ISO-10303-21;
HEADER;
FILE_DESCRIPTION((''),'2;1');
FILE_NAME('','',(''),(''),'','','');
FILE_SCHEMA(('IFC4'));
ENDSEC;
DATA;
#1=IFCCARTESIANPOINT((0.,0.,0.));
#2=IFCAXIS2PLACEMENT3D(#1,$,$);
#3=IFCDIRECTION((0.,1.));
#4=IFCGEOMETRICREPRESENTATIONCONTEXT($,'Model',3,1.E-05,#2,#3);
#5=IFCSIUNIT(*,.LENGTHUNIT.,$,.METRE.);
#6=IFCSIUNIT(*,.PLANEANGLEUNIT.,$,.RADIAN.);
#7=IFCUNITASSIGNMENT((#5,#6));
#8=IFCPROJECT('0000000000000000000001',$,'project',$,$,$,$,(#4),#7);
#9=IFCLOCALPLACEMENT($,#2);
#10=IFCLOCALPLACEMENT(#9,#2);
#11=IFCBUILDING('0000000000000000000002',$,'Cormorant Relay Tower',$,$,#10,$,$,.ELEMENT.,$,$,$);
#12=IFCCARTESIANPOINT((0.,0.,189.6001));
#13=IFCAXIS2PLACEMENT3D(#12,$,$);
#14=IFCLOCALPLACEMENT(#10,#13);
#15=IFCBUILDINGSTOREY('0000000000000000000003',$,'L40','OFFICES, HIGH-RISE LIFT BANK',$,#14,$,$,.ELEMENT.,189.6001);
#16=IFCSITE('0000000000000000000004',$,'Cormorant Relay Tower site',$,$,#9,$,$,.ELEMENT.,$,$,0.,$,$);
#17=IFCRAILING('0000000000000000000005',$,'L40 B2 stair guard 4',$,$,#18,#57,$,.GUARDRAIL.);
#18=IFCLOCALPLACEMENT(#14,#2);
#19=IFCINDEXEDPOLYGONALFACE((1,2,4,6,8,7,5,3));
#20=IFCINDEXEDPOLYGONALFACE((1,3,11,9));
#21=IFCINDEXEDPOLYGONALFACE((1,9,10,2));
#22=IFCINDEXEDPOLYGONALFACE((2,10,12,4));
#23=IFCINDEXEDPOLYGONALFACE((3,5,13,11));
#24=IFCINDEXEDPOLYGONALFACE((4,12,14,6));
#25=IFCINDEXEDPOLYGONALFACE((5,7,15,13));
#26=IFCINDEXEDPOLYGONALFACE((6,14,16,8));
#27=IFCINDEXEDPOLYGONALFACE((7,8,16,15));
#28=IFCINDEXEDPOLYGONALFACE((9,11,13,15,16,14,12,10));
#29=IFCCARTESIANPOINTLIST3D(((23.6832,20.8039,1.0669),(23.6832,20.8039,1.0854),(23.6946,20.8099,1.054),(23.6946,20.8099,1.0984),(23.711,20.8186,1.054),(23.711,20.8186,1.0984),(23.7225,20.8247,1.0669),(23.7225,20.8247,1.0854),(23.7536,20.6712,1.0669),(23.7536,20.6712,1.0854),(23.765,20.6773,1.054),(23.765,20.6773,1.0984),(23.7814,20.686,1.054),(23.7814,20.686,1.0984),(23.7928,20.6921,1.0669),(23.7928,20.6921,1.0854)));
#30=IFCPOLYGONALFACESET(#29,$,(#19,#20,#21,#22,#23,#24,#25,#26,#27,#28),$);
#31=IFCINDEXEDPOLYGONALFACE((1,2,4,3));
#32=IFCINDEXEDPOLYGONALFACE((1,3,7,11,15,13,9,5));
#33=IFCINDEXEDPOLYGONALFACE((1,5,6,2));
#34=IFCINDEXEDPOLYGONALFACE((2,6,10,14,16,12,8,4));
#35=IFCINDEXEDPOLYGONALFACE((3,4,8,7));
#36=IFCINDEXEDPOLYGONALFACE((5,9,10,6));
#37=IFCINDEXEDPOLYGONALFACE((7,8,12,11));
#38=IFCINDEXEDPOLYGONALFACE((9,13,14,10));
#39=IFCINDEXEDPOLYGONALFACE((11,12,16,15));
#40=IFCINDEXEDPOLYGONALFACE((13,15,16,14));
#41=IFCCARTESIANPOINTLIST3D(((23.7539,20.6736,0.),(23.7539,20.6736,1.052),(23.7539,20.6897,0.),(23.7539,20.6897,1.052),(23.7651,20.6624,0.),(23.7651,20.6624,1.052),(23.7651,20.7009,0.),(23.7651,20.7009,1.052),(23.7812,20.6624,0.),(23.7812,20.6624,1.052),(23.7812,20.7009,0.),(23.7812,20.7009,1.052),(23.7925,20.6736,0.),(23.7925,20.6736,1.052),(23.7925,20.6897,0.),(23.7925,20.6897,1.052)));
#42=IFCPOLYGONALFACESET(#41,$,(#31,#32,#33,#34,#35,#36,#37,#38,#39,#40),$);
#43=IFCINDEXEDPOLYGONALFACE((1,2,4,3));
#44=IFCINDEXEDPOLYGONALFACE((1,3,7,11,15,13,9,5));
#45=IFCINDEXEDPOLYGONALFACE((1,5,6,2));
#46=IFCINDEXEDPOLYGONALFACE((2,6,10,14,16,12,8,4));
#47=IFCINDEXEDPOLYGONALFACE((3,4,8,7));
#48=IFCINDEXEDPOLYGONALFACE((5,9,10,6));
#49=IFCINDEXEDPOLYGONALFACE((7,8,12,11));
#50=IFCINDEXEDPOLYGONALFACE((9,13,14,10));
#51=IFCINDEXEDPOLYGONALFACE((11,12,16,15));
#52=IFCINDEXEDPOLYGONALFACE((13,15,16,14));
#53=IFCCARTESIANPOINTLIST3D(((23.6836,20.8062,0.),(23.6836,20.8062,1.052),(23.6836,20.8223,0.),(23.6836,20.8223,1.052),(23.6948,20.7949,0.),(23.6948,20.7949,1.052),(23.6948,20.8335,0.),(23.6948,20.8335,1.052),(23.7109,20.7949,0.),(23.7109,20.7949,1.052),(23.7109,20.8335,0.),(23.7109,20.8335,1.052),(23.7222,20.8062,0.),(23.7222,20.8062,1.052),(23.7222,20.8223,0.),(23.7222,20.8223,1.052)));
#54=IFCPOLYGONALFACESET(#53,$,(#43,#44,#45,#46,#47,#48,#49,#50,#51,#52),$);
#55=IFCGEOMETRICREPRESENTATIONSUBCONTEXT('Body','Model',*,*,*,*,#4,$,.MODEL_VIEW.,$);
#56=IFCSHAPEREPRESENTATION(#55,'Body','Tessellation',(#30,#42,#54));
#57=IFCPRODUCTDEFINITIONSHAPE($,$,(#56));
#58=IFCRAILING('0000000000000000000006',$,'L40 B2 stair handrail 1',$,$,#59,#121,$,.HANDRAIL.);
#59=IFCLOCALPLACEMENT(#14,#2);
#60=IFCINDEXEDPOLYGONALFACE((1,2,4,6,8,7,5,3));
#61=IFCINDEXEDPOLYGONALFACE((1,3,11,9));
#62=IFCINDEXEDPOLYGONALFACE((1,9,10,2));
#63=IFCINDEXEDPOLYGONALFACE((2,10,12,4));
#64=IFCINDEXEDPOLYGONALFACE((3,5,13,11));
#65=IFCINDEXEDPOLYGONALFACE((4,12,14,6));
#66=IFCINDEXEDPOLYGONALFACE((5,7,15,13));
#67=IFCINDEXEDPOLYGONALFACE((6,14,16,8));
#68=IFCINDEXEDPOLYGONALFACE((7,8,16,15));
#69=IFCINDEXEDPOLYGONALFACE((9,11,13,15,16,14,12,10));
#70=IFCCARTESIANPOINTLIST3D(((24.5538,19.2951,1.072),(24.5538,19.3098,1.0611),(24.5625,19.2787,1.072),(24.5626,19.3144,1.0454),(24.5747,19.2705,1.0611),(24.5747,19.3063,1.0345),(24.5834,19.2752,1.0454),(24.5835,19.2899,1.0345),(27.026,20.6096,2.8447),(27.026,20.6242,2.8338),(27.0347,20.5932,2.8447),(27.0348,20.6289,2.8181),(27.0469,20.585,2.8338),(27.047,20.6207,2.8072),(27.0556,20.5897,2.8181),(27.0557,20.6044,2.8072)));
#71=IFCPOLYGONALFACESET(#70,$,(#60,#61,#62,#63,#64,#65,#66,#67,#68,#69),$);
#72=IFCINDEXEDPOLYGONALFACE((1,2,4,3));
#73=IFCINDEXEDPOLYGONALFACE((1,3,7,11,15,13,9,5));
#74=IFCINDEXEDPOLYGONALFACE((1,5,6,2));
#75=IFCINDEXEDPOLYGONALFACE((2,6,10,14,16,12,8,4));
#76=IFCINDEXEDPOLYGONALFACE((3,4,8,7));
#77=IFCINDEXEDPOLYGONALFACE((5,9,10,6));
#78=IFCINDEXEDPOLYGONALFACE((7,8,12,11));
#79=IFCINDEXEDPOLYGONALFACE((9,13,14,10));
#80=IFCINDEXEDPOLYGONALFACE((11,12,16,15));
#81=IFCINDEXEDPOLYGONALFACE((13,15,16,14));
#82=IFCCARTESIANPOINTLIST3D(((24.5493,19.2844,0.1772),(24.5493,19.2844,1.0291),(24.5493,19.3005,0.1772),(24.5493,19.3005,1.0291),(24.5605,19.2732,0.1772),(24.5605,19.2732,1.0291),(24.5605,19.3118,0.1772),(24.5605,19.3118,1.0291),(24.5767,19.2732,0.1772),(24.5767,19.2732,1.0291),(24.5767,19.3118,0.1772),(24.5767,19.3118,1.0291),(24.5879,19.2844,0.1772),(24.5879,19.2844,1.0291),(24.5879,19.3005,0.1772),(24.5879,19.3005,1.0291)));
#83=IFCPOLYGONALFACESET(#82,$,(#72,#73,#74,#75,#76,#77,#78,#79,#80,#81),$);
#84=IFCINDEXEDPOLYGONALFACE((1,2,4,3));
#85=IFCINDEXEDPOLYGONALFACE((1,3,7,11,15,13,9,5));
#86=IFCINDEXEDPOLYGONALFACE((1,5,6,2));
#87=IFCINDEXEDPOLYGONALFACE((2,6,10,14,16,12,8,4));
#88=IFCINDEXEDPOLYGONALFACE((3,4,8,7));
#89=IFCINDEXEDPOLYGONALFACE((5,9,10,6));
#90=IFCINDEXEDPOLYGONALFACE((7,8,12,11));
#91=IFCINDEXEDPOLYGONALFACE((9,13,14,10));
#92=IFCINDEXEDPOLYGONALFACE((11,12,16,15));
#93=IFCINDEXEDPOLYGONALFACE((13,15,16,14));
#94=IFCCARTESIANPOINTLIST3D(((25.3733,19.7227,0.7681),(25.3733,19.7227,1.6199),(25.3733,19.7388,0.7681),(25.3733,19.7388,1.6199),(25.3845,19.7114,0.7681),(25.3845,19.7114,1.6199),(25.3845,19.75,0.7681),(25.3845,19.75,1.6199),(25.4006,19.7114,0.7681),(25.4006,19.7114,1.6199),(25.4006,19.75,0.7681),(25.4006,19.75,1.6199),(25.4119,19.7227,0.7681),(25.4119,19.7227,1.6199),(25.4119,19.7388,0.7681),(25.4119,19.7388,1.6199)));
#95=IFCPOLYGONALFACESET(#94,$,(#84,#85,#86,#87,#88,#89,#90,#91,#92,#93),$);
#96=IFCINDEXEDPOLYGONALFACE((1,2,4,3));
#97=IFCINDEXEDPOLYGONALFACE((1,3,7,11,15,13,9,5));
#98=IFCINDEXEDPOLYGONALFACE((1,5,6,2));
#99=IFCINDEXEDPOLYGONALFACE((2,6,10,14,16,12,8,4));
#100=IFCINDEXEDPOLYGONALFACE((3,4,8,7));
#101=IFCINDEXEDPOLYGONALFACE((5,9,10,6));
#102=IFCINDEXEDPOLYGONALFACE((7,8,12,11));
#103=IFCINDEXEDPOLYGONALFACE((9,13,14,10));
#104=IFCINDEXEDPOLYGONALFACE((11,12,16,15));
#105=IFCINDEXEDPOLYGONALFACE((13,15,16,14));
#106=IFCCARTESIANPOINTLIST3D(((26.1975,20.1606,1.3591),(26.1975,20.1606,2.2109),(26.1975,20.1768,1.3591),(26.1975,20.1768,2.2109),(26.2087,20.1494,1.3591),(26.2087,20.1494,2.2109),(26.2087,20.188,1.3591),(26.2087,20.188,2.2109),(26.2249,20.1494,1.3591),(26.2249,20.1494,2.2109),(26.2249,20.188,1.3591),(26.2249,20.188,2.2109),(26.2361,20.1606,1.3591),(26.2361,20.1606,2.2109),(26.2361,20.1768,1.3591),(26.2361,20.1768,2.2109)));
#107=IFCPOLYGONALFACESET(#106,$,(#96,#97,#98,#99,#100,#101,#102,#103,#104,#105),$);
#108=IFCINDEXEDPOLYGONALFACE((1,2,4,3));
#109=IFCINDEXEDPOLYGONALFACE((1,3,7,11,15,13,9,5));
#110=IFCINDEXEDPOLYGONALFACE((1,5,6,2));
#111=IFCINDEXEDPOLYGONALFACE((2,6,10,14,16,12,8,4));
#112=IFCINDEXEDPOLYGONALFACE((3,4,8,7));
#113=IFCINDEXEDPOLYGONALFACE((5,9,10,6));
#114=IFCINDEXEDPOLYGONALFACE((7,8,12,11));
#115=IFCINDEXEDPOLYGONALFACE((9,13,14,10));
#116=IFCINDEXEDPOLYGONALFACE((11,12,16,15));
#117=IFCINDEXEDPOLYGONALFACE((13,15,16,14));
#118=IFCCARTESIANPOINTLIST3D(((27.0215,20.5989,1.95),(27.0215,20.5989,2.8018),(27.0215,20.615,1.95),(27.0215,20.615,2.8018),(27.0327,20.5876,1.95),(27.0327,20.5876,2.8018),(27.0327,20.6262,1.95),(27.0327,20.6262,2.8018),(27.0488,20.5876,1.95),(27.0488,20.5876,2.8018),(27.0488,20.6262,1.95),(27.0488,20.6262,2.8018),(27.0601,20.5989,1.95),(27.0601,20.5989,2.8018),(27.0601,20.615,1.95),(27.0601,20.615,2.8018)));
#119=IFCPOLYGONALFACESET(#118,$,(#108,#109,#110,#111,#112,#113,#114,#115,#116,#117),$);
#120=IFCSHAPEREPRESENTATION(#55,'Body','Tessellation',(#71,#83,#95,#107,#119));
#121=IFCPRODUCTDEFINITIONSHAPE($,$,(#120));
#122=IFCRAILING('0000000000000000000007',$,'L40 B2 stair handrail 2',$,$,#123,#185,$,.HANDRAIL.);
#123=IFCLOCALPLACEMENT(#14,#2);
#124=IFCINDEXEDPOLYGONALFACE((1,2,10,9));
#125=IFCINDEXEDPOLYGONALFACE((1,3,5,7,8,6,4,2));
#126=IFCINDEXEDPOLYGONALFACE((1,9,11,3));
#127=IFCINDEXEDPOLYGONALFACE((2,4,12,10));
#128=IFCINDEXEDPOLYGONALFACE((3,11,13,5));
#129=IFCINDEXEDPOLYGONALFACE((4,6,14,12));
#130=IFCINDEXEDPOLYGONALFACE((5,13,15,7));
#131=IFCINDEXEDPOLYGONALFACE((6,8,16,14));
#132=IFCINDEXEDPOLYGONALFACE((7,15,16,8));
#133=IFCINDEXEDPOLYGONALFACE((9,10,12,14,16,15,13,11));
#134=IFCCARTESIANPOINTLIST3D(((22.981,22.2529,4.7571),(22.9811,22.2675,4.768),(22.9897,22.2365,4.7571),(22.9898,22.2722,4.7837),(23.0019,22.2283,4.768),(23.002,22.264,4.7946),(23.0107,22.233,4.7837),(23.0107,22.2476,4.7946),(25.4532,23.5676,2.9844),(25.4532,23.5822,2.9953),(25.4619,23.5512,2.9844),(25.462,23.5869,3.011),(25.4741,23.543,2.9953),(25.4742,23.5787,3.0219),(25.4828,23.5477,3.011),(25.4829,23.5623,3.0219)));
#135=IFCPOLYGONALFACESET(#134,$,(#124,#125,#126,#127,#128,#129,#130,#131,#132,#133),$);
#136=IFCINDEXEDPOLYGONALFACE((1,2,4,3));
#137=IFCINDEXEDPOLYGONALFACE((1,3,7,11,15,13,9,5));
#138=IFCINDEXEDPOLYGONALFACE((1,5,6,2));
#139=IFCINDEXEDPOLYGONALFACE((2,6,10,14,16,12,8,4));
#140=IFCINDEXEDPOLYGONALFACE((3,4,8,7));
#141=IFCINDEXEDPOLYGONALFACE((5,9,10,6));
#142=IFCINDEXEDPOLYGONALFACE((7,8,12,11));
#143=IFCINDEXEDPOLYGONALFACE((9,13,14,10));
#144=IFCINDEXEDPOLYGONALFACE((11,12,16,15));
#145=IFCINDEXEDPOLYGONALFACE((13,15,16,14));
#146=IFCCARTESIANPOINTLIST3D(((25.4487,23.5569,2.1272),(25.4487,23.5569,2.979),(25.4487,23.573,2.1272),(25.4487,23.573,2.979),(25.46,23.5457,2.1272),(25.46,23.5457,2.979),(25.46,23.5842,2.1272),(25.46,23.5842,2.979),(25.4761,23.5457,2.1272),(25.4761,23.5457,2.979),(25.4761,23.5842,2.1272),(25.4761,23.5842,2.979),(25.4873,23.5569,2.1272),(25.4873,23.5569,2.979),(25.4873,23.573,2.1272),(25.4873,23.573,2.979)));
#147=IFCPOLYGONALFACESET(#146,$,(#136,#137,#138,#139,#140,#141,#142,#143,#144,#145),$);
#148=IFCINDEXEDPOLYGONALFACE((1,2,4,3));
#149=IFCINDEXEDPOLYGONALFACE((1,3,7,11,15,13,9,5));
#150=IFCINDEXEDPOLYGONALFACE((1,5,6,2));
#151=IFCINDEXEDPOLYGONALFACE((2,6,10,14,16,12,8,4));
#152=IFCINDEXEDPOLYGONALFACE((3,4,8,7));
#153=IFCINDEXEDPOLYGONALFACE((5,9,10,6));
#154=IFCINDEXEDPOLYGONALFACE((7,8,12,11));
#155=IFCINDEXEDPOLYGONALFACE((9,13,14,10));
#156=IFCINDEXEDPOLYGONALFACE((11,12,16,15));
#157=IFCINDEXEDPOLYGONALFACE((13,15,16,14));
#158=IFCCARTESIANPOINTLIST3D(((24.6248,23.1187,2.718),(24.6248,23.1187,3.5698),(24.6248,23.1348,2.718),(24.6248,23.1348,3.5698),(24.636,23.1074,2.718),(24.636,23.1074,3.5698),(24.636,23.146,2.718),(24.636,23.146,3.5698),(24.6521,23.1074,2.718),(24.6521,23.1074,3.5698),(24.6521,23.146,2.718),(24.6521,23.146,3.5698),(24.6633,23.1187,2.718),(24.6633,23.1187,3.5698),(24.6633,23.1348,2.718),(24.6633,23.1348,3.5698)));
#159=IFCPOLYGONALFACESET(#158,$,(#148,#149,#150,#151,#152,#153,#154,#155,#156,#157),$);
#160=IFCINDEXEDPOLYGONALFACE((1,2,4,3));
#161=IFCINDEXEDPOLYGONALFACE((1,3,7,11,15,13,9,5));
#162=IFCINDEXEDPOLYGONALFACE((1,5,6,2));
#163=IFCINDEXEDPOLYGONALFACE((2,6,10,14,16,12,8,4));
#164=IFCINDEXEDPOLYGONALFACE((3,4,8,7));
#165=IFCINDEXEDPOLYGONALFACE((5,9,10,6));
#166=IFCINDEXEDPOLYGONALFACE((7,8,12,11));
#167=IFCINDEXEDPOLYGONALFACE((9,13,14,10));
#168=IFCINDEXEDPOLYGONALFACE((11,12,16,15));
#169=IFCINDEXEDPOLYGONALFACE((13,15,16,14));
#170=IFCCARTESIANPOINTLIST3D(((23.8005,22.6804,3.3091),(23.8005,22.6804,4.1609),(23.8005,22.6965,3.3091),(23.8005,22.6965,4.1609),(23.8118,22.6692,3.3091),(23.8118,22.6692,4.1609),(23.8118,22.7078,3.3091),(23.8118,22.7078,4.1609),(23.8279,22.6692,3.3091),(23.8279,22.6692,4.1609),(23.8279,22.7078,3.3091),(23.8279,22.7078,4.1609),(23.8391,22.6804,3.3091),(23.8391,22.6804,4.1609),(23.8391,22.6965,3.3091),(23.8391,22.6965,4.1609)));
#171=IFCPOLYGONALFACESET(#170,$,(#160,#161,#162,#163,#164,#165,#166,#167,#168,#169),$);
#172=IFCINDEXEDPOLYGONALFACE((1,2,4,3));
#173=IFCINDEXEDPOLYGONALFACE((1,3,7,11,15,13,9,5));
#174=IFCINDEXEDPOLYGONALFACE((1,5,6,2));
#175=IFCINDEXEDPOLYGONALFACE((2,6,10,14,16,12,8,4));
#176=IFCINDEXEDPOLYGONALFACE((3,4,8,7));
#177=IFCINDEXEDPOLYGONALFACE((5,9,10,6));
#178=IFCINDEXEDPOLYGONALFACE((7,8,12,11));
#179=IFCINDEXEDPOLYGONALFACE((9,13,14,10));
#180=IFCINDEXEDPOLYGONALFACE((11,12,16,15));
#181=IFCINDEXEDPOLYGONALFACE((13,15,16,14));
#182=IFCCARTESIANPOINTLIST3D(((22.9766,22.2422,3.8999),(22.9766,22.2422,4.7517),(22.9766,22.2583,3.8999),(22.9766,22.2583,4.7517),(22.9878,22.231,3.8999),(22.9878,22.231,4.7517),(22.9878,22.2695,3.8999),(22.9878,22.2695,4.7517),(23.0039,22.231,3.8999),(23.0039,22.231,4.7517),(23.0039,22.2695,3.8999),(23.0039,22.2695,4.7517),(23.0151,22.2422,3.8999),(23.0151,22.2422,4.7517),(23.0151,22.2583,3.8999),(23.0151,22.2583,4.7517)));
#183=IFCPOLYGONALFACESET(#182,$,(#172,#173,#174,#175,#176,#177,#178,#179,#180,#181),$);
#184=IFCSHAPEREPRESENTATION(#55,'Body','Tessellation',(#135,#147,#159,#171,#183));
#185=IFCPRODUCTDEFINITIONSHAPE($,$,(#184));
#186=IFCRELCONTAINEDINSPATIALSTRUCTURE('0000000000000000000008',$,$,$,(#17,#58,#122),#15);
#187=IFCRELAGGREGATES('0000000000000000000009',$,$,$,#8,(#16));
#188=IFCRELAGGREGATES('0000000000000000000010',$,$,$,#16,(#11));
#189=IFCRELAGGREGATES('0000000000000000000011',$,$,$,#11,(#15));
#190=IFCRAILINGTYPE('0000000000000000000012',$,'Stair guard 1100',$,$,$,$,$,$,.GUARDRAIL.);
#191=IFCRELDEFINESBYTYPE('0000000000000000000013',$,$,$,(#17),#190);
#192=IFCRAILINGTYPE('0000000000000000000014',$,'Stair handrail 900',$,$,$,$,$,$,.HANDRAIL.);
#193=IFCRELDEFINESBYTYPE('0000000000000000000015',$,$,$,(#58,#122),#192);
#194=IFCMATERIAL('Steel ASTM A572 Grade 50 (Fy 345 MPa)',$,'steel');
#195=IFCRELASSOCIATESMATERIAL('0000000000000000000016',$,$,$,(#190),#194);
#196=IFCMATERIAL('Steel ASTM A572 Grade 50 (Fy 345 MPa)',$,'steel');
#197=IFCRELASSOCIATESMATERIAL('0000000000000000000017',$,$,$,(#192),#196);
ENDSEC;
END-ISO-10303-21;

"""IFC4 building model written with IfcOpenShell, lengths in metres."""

from ifc_helpers import new_model, si_unit, direction, frame, origin, place, context, subcontext, project, spatial, polyline, outline, extrude, material, type_object, element, save


model = new_model("IFC4")

# Units and contexts
model_context = context("Model", 3, precision=1e-05, world=origin(), true_north=direction((0.0, 1.0)))
body_context = subcontext(model_context, "Body", "Model", "MODEL_VIEW")
ifc_project = project(units=[si_unit("LENGTHUNIT", "METRE"), si_unit("PLANEANGLEUNIT", "RADIAN")], contexts=[model_context])

# Site, building, storey
site_placement = place(None, origin())
site = spatial("IfcSite", under=ifc_project, at=site_placement, Name="Cormorant Relay Tower site", CompositionType="ELEMENT", RefElevation=0.0)
building_placement = place(site_placement, origin())
building = spatial("IfcBuilding", under=site, at=building_placement, Name="Cormorant Relay Tower", CompositionType="ELEMENT")
storey_placement = place(building_placement, frame((0.0, 0.0, 189.6001)))
storey = spatial("IfcBuildingStorey", under=building, at=storey_placement, Name="L40", Description="OFFICES, HIGH-RISE LIFT BANK", CompositionType="ELEMENT", Elevation=189.6001)

# Railings
ifc_material_1 = material(Name="Steel ASTM A572 Grade 50 (Fy 345 MPa)", Category="steel")
railing_type_1 = type_object("IfcRailingType", Name="Stair guard 1100", PredefinedType="GUARDRAIL", material=ifc_material_1)
railing_1_placement = place(storey_placement, frame((23.7732, 20.6816, 0.0)))
element("IfcRailing", 1, at=railing_1_placement, inside=storey, type_object=railing_type_1, Name="L40 B2 stair guard 4", PredefinedType="GUARDRAIL", context=body_context, shape_type="SweptSolid", body=[
    extrude(outline(polyline([(0.0222, 0.0093), (0.0093, 0.0222), (-0.0093, 0.0222), (-0.0222, 0.0093), (-0.0222, -0.0093), (-0.0093, -0.0222), (0.0093, -0.0222), (0.0222, -0.0093), (0.0222, 0.0093)])), frame((0.0, 0.0, 1.0762), z_axis=(-0.46856, 0.883431, 0.0), x_axis=(-0.883431, -0.46856, 0.0)), (0.0, 0.0, 1.0), 0.1501),
    extrude(outline(polyline([(0.0193, 0.0081), (0.0081, 0.0193), (-0.0081, 0.0193), (-0.0193, 0.0081), (-0.0193, -0.0081), (-0.0081, -0.0193), (0.0081, -0.0193), (0.0193, -0.0081), (0.0193, 0.0081)])), origin(), (0.0, 0.0, 1.0), 1.052),
    extrude(outline(polyline([(0.0193, 0.0081), (0.0081, 0.0193), (-0.0081, 0.0193), (-0.0193, 0.0081), (-0.0193, -0.0081), (-0.0081, -0.0193), (0.0081, -0.0193), (0.0193, -0.0081), (0.0193, 0.0081)])), frame((-0.0703, 0.1326, 0.0)), (0.0, 0.0, 1.0), 1.052),
])
ifc_material_2 = material(Name="Steel ASTM A572 Grade 50 (Fy 345 MPa)", Category="steel")
railing_type_2 = type_object("IfcRailingType", Name="Stair handrail 900", PredefinedType="HANDRAIL", material=ifc_material_2)
railing_2_placement = place(storey_placement, frame((24.5686, 19.2925, 0.1772)))
element("IfcRailing", 2, at=railing_2_placement, inside=storey, type_object=railing_type_2, Name="L40 B2 stair handrail 1", PredefinedType="HANDRAIL", context=body_context, shape_type="SweptSolid", body=[
    extrude(outline(polyline([(0.0222, 0.0093), (0.0093, 0.0222), (-0.0093, 0.0222), (-0.0222, 0.0093), (-0.0222, -0.0093), (-0.0093, -0.0222), (0.0093, -0.0222), (0.0222, -0.0093), (0.0222, 0.0093)])), frame((0.0, 0.0, 0.876), z_axis=(0.746001, 0.396649, 0.534931), x_axis=(-0.469465, 0.882951, 0.0)), (0.0, 0.0, 1.0), 3.314),
    extrude(outline(polyline([(0.0193, 0.0081), (0.0081, 0.0193), (-0.0081, 0.0193), (-0.0193, 0.0081), (-0.0193, -0.0081), (-0.0081, -0.0193), (0.0081, -0.0193), (0.0193, -0.0081), (0.0193, 0.0081)])), origin(), (0.0, 0.0, 1.0), 0.8518),
    extrude(outline(polyline([(0.0193, 0.0081), (0.0081, 0.0193), (-0.0081, 0.0193), (-0.0193, 0.0081), (-0.0193, -0.0081), (-0.0081, -0.0193), (0.0081, -0.0193), (0.0193, -0.0081), (0.0193, 0.0081)])), frame((0.824, 0.4382, 0.5908)), (0.0, 0.0, 1.0), 0.8518),
    extrude(outline(polyline([(0.0193, 0.0081), (0.0081, 0.0193), (-0.0081, 0.0193), (-0.0193, 0.0081), (-0.0193, -0.0081), (-0.0081, -0.0193), (0.0081, -0.0193), (0.0193, -0.0081), (0.0193, 0.0081)])), frame((1.6482, 0.8762, 1.1819)), (0.0, 0.0, 1.0), 0.8518),
    extrude(outline(polyline([(0.0193, 0.0081), (0.0081, 0.0193), (-0.0081, 0.0193), (-0.0193, 0.0081), (-0.0193, -0.0081), (-0.0081, -0.0193), (0.0081, -0.0193), (0.0193, -0.0081), (0.0193, 0.0081)])), frame((2.4722, 1.3145, 1.7727)), (0.0, 0.0, 1.0), 0.8518),
])
railing_3_placement = place(storey_placement, frame((25.468, 23.5649, 2.1272)))
element("IfcRailing", 3, at=railing_3_placement, inside=storey, type_object=railing_type_2, Name="L40 B2 stair handrail 2", PredefinedType="HANDRAIL", context=body_context, shape_type="SweptSolid", body=[
    extrude(outline(polyline([(0.0222, 0.0093), (0.0093, 0.0222), (-0.0093, 0.0222), (-0.0222, 0.0093), (-0.0222, -0.0093), (-0.0093, -0.0222), (0.0093, -0.0222), (0.0222, -0.0093), (0.0222, 0.0093)])), frame((0.0, 0.0, 0.876), z_axis=(-0.745979, -0.396711, 0.534916), x_axis=(0.469533, -0.882915, 0.0)), (0.0, 0.0, 1.0), 3.314),
    extrude(outline(polyline([(0.0193, 0.0081), (0.0081, 0.0193), (-0.0081, 0.0193), (-0.0193, 0.0081), (-0.0193, -0.0081), (-0.0081, -0.0193), (0.0081, -0.0193), (0.0193, -0.0081), (0.0193, 0.0081)])), origin(), (0.0, 0.0, 1.0), 0.8518),
    extrude(outline(polyline([(0.0193, 0.0081), (0.0081, 0.0193), (-0.0081, 0.0193), (-0.0193, 0.0081), (-0.0193, -0.0081), (-0.0081, -0.0193), (0.0081, -0.0193), (0.0193, -0.0081), (0.0193, 0.0081)])), frame((-0.824, -0.4382, 0.5908)), (0.0, 0.0, 1.0), 0.8518),
    extrude(outline(polyline([(0.0193, 0.0081), (0.0081, 0.0193), (-0.0081, 0.0193), (-0.0193, 0.0081), (-0.0193, -0.0081), (-0.0081, -0.0193), (0.0081, -0.0193), (0.0193, -0.0081), (0.0193, 0.0081)])), frame((-1.6482, -0.8765, 1.1819)), (0.0, 0.0, 1.0), 0.8518),
    extrude(outline(polyline([(0.0193, 0.0081), (0.0081, 0.0193), (-0.0081, 0.0193), (-0.0193, 0.0081), (-0.0193, -0.0081), (-0.0081, -0.0193), (0.0081, -0.0193), (0.0193, -0.0081), (0.0193, 0.0081)])), frame((-2.4722, -1.3147, 1.7727)), (0.0, 0.0, 1.0), 0.8518),
])

save(model, "model.ifc")
